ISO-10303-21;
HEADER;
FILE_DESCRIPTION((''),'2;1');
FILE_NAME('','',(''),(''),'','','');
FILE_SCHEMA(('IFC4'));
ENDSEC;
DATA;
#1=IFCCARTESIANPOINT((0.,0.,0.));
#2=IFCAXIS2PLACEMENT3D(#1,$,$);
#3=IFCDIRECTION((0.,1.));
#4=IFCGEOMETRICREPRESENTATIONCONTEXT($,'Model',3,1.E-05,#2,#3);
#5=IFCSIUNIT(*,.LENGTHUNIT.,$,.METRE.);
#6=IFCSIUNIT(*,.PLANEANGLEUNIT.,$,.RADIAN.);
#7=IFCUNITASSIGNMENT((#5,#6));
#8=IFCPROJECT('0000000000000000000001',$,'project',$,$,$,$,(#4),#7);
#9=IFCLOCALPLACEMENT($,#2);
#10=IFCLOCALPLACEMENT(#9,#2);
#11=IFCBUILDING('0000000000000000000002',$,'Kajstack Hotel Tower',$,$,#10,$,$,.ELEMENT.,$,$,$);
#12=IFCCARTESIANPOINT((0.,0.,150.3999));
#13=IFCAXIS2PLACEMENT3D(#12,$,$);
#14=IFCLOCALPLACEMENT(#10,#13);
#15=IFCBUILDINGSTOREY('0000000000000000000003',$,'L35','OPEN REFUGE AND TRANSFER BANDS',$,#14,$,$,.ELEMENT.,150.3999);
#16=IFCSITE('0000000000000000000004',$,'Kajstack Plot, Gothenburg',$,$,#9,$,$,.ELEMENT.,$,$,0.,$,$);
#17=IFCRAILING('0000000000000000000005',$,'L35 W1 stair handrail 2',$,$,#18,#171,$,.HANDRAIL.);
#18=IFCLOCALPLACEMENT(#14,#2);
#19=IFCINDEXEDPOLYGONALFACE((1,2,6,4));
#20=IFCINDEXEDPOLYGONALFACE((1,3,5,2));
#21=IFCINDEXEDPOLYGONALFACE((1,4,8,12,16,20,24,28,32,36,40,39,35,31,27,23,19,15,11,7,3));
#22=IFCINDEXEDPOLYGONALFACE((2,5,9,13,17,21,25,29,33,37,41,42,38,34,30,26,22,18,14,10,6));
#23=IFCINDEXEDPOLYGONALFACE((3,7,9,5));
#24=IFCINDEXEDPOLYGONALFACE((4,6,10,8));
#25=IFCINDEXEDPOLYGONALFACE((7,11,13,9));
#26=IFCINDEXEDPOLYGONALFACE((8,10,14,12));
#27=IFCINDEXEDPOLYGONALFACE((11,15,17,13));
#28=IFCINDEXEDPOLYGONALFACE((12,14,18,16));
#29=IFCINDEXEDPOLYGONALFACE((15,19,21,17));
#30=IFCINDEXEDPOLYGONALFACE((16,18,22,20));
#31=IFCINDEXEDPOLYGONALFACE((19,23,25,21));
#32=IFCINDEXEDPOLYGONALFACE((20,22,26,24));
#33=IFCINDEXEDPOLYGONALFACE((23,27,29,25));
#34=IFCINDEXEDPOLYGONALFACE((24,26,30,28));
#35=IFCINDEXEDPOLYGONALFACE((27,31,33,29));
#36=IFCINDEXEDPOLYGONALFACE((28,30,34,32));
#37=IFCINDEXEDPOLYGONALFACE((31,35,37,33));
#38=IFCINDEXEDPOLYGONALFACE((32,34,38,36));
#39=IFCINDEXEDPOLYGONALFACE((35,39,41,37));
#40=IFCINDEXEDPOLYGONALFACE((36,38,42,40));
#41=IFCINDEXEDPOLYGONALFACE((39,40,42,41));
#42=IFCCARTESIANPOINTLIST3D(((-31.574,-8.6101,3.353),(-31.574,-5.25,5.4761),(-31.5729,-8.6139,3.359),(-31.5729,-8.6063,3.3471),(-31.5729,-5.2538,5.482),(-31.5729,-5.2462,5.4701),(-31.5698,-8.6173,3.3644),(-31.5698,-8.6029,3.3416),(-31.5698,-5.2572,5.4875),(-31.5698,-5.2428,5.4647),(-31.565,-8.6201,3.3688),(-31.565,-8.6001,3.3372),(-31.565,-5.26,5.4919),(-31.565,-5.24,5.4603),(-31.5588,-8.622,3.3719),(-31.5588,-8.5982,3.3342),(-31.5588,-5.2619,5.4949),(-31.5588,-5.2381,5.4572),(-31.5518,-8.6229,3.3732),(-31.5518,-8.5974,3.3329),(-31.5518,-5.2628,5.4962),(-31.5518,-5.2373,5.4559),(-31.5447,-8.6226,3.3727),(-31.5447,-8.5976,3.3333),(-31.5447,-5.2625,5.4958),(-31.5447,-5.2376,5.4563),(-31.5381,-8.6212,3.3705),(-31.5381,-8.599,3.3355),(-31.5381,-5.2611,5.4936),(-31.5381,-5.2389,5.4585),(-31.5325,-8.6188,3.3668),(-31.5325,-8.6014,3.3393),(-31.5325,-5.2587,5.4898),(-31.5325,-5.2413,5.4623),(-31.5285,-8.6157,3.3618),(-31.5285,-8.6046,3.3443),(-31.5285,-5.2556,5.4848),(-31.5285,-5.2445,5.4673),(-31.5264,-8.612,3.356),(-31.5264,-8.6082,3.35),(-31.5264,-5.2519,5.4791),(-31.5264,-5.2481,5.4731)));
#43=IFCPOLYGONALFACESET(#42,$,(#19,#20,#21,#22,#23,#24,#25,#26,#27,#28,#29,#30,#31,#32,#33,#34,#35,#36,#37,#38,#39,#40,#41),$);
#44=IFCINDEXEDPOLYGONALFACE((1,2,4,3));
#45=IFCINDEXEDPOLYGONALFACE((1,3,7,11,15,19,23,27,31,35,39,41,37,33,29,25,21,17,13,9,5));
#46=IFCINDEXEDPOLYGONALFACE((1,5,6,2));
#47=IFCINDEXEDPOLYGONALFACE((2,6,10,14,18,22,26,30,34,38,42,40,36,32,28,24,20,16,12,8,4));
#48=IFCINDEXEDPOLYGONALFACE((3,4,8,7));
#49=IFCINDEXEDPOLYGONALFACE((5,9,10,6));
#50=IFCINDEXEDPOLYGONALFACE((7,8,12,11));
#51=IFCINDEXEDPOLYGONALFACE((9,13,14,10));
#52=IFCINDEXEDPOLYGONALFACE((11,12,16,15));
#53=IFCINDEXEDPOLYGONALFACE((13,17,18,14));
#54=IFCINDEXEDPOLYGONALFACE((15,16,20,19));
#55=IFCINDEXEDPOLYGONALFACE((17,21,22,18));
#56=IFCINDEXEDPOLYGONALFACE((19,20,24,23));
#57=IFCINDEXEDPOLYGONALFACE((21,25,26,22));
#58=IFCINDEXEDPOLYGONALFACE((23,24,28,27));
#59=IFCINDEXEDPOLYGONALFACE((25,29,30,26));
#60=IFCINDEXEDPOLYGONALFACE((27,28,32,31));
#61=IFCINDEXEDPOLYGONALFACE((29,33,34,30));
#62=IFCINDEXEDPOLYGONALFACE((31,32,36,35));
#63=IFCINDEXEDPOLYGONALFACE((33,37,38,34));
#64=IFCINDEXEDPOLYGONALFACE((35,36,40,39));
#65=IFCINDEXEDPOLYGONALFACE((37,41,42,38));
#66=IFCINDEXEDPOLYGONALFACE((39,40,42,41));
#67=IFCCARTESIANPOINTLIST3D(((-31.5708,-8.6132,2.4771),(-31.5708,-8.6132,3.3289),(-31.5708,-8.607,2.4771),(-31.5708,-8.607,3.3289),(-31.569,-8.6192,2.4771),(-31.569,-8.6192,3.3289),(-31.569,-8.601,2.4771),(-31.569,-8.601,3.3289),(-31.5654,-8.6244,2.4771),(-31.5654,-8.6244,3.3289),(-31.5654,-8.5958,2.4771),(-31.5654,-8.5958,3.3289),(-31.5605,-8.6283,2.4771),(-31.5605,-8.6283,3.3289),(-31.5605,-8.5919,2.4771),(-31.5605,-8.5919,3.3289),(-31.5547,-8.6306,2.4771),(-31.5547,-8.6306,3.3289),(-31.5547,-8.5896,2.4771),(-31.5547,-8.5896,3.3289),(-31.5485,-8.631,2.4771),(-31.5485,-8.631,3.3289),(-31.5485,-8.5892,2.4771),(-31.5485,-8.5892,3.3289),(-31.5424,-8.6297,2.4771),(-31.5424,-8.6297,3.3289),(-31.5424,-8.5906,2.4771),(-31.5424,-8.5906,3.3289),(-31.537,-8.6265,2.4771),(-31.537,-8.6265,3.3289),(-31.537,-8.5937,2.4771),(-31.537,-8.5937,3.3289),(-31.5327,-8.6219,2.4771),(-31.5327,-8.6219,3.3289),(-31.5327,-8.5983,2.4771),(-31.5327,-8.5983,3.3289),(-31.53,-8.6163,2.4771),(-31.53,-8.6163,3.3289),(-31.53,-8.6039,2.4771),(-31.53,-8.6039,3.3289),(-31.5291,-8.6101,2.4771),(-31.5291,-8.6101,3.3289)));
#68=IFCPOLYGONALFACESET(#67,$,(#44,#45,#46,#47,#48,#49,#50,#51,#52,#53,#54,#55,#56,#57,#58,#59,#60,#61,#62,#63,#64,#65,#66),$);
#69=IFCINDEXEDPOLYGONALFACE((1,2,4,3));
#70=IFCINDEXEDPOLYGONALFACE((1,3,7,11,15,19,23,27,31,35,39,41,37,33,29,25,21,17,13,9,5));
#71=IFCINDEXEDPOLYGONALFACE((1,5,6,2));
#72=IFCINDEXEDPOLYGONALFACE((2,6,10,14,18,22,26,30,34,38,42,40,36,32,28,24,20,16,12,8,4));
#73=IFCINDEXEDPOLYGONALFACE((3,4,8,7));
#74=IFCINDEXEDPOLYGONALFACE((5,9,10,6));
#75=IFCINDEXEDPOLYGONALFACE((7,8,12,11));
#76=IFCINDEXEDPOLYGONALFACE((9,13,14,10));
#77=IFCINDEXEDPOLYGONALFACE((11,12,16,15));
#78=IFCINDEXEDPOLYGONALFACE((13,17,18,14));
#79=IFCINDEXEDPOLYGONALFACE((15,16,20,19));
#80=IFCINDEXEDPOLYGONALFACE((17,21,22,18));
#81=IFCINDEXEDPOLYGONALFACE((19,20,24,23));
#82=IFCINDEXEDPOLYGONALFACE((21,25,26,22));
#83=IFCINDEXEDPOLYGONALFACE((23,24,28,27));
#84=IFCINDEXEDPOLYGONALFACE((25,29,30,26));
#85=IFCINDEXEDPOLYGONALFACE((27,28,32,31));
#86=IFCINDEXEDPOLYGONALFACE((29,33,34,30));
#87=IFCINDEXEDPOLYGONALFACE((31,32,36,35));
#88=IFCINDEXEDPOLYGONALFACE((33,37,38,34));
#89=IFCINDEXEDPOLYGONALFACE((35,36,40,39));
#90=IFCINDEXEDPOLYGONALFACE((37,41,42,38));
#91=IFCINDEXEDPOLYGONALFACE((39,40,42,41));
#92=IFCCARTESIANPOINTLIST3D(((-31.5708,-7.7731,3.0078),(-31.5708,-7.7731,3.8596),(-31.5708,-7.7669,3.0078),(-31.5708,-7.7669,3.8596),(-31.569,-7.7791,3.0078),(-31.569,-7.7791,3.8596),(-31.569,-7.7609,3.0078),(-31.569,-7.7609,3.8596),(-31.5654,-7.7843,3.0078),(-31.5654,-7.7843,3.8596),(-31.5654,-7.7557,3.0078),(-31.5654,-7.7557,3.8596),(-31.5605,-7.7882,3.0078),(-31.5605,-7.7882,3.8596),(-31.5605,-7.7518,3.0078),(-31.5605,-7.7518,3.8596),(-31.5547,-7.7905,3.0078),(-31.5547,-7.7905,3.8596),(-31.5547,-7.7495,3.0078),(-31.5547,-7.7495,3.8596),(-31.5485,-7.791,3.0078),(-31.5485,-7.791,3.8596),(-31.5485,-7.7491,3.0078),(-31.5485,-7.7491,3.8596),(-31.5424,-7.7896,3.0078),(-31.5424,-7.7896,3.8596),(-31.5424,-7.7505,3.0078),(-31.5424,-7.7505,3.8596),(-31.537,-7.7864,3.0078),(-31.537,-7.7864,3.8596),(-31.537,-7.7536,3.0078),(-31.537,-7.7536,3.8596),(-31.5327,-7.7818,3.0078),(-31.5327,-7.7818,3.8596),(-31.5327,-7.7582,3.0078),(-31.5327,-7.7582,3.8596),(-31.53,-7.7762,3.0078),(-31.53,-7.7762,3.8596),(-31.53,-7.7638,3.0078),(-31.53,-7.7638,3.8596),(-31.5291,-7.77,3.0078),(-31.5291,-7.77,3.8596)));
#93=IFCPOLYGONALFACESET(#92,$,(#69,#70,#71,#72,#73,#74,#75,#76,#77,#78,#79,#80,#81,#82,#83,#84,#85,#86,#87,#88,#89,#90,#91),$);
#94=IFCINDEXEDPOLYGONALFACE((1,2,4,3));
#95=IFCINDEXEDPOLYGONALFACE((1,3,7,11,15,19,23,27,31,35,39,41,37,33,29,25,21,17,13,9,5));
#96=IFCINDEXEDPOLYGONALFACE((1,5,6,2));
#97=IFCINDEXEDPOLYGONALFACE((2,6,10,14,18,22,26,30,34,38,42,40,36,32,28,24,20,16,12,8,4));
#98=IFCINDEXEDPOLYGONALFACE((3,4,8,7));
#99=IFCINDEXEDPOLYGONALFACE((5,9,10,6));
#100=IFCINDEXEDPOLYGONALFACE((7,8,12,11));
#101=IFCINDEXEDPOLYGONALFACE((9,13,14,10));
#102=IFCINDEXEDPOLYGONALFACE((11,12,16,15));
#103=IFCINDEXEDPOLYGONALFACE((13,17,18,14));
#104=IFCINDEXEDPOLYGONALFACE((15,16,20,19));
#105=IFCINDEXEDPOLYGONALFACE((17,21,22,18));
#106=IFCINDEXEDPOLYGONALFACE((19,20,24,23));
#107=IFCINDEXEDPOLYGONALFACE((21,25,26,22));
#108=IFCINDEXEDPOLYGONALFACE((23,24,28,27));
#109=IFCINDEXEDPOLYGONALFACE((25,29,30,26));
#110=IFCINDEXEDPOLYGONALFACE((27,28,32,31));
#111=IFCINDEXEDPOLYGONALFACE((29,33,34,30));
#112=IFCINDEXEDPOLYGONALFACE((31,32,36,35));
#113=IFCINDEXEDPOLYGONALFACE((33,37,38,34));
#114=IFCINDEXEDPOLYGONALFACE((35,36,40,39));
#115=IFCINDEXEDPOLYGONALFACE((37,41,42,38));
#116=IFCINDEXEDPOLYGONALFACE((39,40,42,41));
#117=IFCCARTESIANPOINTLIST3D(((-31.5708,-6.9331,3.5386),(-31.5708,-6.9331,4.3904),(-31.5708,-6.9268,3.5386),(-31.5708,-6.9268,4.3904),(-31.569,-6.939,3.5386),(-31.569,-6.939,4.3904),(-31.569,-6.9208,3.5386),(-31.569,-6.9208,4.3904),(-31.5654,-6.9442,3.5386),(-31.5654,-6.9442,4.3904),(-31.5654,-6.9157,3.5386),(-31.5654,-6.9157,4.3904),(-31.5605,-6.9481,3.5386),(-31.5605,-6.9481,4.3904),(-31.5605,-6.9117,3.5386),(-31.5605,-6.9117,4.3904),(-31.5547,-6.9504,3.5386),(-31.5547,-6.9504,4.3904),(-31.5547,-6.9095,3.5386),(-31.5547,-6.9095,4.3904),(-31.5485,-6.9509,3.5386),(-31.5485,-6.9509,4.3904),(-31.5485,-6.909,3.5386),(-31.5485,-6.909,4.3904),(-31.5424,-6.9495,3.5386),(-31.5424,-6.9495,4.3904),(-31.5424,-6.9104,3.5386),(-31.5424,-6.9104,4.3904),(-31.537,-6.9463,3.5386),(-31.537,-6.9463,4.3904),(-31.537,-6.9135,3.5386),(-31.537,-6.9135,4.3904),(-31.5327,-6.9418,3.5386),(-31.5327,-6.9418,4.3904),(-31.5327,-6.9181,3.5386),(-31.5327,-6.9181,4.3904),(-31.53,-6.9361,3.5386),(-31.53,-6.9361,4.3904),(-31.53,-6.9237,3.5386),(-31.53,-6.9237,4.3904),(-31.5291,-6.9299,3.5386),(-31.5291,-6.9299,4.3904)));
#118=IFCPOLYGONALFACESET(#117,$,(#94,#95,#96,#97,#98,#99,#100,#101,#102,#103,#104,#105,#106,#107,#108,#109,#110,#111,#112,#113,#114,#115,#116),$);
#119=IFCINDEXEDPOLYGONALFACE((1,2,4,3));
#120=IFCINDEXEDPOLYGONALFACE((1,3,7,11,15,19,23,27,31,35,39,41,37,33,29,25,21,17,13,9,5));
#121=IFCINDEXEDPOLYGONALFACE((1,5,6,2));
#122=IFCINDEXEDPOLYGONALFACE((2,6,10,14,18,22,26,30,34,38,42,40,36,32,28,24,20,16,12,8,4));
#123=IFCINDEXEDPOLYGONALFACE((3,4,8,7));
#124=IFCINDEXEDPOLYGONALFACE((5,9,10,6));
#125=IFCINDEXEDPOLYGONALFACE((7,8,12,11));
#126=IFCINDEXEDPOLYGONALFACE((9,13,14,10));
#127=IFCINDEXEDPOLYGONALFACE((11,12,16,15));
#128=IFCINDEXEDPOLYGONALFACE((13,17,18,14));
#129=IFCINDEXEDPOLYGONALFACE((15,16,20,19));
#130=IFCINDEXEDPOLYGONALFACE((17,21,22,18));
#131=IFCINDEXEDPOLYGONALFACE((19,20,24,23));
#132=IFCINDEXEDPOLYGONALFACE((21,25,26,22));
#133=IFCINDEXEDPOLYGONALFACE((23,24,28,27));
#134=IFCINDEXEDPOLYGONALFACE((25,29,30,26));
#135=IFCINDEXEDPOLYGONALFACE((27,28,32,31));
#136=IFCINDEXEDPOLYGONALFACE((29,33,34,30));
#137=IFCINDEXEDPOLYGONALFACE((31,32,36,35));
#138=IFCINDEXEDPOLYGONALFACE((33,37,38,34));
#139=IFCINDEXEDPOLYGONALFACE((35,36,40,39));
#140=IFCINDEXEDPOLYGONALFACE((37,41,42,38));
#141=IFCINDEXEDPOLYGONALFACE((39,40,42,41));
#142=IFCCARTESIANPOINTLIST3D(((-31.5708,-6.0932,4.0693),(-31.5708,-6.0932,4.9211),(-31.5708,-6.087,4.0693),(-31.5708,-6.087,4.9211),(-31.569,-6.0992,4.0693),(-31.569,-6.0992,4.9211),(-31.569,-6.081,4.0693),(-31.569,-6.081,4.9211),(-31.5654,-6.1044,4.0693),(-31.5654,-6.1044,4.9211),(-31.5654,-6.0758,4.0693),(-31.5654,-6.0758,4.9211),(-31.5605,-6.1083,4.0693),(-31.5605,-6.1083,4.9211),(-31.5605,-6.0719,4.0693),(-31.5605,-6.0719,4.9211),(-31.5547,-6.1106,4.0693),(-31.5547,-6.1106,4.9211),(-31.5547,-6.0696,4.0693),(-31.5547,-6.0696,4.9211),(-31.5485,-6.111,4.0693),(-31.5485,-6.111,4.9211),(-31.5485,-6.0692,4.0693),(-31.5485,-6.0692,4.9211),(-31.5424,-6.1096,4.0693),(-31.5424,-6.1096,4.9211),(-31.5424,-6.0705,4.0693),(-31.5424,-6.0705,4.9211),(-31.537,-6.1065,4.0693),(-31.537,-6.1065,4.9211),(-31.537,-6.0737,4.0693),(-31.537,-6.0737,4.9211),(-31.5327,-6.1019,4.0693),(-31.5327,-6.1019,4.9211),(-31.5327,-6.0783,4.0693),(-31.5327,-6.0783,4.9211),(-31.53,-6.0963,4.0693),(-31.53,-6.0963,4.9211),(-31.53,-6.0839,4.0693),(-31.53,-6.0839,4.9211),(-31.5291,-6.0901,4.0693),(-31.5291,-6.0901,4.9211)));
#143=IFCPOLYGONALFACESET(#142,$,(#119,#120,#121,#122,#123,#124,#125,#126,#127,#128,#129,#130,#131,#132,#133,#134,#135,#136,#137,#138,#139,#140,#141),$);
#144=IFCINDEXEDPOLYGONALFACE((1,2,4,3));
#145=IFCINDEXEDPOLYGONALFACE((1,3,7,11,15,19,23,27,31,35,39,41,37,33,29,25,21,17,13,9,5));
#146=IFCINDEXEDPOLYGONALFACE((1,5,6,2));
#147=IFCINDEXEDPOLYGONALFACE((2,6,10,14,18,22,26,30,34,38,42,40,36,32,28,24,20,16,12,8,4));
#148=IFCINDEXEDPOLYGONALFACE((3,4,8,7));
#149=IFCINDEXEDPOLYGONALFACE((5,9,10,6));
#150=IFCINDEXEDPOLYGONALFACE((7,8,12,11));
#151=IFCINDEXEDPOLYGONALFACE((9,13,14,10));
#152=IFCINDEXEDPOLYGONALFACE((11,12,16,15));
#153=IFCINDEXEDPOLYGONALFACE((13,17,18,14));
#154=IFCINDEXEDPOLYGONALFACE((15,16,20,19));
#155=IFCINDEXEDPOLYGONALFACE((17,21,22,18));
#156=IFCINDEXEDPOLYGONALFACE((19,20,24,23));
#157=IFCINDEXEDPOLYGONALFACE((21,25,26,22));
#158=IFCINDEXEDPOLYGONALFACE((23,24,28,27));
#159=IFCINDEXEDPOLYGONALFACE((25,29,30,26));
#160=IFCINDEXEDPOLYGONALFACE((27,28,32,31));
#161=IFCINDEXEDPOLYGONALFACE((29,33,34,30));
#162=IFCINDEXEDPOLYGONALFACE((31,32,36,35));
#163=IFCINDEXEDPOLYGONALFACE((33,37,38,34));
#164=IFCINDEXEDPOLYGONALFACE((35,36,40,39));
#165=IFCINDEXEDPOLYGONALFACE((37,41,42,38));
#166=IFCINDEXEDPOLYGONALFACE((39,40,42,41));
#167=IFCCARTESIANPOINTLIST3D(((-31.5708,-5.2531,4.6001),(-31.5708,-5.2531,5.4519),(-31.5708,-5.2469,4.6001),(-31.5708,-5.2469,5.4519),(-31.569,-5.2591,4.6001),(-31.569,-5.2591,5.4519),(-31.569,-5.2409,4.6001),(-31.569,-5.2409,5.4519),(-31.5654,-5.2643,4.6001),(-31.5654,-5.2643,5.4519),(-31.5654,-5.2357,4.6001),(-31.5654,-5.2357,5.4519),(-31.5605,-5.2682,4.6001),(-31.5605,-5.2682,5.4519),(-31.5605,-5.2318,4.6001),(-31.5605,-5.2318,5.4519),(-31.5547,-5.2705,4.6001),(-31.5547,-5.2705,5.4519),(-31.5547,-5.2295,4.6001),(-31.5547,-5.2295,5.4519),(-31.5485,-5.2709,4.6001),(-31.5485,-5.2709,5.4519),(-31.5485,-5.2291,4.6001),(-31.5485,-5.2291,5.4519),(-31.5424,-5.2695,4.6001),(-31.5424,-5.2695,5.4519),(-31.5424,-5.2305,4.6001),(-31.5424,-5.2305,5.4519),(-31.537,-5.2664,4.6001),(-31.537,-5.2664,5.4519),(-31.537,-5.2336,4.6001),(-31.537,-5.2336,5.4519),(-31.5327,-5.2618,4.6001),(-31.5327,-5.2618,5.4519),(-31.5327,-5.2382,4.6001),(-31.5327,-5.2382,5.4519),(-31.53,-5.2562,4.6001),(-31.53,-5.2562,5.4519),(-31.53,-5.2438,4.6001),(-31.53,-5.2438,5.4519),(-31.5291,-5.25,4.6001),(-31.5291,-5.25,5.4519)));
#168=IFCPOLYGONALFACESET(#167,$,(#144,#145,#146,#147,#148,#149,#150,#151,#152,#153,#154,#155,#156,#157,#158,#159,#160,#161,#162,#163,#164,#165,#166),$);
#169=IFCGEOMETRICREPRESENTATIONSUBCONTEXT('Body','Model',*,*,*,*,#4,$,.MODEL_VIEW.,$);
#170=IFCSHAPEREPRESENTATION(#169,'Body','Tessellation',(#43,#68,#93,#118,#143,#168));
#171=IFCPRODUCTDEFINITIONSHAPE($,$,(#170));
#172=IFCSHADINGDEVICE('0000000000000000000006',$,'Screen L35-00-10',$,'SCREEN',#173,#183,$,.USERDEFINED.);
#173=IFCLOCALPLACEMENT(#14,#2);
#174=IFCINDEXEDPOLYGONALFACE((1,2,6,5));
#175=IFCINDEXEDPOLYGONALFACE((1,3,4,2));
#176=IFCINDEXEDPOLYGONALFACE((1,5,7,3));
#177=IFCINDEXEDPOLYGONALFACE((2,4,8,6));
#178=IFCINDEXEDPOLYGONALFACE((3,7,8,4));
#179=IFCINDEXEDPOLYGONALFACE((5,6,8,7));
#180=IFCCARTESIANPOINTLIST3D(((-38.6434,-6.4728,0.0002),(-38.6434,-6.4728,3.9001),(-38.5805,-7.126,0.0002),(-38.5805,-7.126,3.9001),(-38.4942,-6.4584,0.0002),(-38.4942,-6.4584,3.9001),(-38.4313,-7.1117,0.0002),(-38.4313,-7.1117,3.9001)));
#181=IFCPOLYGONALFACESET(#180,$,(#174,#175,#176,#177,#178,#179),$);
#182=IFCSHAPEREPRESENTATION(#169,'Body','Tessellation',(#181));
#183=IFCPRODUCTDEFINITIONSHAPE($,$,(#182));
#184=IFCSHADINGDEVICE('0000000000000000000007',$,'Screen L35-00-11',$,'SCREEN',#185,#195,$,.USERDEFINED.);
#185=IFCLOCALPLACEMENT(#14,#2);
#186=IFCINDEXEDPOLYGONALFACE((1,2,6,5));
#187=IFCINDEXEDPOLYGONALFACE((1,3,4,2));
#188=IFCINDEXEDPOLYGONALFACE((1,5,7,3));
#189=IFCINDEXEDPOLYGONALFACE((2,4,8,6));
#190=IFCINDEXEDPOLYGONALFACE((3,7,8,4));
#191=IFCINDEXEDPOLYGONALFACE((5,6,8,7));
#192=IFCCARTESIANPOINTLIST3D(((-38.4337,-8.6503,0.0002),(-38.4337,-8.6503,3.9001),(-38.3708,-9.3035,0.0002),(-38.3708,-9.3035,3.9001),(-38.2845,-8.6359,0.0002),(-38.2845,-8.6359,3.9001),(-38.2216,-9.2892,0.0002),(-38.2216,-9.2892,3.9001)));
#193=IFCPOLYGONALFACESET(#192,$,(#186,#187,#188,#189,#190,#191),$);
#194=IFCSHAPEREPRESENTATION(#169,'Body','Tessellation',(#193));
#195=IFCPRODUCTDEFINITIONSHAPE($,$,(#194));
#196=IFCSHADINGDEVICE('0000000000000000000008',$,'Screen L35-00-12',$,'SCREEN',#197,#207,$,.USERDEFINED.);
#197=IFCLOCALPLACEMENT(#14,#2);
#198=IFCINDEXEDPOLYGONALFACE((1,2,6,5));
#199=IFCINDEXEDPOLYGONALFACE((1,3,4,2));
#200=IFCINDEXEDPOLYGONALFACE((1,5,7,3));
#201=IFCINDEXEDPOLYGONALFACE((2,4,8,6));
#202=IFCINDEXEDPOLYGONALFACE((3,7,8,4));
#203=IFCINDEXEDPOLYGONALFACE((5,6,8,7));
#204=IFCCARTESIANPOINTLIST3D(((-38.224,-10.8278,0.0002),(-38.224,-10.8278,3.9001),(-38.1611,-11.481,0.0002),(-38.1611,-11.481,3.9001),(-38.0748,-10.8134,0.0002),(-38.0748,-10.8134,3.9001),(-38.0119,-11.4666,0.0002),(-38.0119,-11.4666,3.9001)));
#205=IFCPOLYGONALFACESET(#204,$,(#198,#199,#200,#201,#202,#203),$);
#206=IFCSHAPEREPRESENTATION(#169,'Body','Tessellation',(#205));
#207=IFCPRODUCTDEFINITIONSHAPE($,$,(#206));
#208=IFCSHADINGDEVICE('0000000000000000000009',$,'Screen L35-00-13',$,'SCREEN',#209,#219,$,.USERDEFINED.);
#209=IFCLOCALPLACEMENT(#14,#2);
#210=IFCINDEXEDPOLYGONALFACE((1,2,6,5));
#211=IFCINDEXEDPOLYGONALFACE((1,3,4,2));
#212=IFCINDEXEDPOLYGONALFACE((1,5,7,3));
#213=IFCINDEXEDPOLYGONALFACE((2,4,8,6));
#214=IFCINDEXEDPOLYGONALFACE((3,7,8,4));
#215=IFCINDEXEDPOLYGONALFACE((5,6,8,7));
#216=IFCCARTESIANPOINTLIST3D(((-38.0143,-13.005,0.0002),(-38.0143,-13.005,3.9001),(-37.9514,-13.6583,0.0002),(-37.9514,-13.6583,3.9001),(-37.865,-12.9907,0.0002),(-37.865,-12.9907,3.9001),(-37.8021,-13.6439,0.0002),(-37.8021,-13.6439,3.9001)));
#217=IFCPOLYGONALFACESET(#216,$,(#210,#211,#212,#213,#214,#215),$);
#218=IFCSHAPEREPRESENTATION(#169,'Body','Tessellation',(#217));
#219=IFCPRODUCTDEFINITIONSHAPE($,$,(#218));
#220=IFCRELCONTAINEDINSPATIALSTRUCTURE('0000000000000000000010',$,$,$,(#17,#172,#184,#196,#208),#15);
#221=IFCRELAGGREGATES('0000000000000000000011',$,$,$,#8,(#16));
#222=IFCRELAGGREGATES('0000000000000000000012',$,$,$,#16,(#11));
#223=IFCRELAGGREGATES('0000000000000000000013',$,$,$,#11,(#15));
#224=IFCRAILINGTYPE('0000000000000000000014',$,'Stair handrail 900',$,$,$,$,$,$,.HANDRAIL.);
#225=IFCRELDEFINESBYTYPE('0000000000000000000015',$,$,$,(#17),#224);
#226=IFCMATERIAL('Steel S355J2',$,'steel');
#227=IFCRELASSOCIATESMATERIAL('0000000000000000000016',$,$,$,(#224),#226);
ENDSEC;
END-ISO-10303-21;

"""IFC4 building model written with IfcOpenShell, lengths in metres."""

from ifc_helpers import new_model, si_unit, direction, frame, origin, origin_2d, place, context, subcontext, project, spatial, rectangle, circle, extrude, material, type_object, element, save


model = new_model("IFC4")

# Units and contexts
model_context = context("Model", 3, precision=1e-05, world=origin(), true_north=direction((0.0, 1.0)))
body_context = subcontext(model_context, "Body", "Model", "MODEL_VIEW")
ifc_project = project(units=[si_unit("LENGTHUNIT", "METRE"), si_unit("PLANEANGLEUNIT", "RADIAN")], contexts=[model_context])

# Site, building, storey
site_placement = place(None, origin())
site = spatial("IfcSite", under=ifc_project, at=site_placement, Name="Kajstack Plot, Gothenburg", CompositionType="ELEMENT", RefElevation=0.0)
building_placement = place(site_placement, origin())
building = spatial("IfcBuilding", under=site, at=building_placement, Name="Kajstack Hotel Tower", CompositionType="ELEMENT")
storey_placement = place(building_placement, frame((0.0, 0.0, 150.3999)))
storey = spatial("IfcBuildingStorey", under=building, at=storey_placement, Name="L35", Description="OPEN REFUGE AND TRANSFER BANDS", CompositionType="ELEMENT", Elevation=150.3999)

# Railing
ifc_material_1 = material(Name="Steel S355J2", Category="steel")
railing_type_1 = type_object("IfcRailingType", Name="Stair handrail 900", PredefinedType="HANDRAIL", material=ifc_material_1)
railing_1_placement = place(storey_placement, frame((-31.55, -8.6101, 2.4771)))
element("IfcRailing", 1, at=railing_1_placement, inside=storey, type_object=railing_type_1, Name="L35 W1 stair handrail 2", PredefinedType="HANDRAIL", context=body_context, shape_type="SweptSolid", body=[
    extrude(circle(Radius=0.0239, at=origin_2d()), frame((0.0, 0.0, 0.876), z_axis=(0.0, 0.84539, 0.53415), x_axis=(-1.0, 0.0, 0.0)), (0.0, 0.0, 1.0), 3.9746),
    extrude(circle(Radius=0.021, at=origin_2d()), origin(), (0.0, 0.0, 1.0), 0.8518),
    extrude(circle(Radius=0.021, at=origin_2d()), frame((0.0, 0.8401, 0.5308)), (0.0, 0.0, 1.0), 0.8518),
    extrude(circle(Radius=0.021, at=origin_2d()), frame((0.0, 1.6802, 1.0615)), (0.0, 0.0, 1.0), 0.8518),
    extrude(circle(Radius=0.021, at=origin_2d()), frame((0.0, 2.52, 1.5923)), (0.0, 0.0, 1.0), 0.8518),
    extrude(circle(Radius=0.021, at=origin_2d()), frame((0.0, 3.3601, 2.123)), (0.0, 0.0, 1.0), 0.8518),
])

# Shading devices
for number, where, z_axis, x_axis, name in (
    (2, (-38.5374, -6.7922, 0.0002), (0.0, 0.0, 1.0), (0.095846, -0.995396, 0.0), "Screen L35-00-10"),
    (3, (-38.3276, -8.9697, 0.0002), (0.0, 0.0, 1.0), (0.095846, -0.995396, 0.0), "Screen L35-00-11"),
    (4, (-38.1179, -11.1472, 0.0002), (0.0, 0.0, 1.0), (0.095846, -0.995396, 0.0), "Screen L35-00-12"),
    (5, (-37.9082, -13.3245, 0.0002), (0.0, 0.0, 1.0), (0.095846, -0.995396, 0.0), "Screen L35-00-13"),
):
    element("IfcShadingDevice", number, at=place(storey_placement, frame(where, z_axis=z_axis, x_axis=x_axis)), inside=storey, Name=name, ObjectType="SCREEN", PredefinedType="USERDEFINED", context=body_context, shape_type="SweptSolid", body=[
        extrude(rectangle(XDim=0.6562, YDim=0.1499, at=origin_2d()), origin(), (0.0, 0.0, 1.0), 3.8999),
    ])

save(model, "model.ifc")
